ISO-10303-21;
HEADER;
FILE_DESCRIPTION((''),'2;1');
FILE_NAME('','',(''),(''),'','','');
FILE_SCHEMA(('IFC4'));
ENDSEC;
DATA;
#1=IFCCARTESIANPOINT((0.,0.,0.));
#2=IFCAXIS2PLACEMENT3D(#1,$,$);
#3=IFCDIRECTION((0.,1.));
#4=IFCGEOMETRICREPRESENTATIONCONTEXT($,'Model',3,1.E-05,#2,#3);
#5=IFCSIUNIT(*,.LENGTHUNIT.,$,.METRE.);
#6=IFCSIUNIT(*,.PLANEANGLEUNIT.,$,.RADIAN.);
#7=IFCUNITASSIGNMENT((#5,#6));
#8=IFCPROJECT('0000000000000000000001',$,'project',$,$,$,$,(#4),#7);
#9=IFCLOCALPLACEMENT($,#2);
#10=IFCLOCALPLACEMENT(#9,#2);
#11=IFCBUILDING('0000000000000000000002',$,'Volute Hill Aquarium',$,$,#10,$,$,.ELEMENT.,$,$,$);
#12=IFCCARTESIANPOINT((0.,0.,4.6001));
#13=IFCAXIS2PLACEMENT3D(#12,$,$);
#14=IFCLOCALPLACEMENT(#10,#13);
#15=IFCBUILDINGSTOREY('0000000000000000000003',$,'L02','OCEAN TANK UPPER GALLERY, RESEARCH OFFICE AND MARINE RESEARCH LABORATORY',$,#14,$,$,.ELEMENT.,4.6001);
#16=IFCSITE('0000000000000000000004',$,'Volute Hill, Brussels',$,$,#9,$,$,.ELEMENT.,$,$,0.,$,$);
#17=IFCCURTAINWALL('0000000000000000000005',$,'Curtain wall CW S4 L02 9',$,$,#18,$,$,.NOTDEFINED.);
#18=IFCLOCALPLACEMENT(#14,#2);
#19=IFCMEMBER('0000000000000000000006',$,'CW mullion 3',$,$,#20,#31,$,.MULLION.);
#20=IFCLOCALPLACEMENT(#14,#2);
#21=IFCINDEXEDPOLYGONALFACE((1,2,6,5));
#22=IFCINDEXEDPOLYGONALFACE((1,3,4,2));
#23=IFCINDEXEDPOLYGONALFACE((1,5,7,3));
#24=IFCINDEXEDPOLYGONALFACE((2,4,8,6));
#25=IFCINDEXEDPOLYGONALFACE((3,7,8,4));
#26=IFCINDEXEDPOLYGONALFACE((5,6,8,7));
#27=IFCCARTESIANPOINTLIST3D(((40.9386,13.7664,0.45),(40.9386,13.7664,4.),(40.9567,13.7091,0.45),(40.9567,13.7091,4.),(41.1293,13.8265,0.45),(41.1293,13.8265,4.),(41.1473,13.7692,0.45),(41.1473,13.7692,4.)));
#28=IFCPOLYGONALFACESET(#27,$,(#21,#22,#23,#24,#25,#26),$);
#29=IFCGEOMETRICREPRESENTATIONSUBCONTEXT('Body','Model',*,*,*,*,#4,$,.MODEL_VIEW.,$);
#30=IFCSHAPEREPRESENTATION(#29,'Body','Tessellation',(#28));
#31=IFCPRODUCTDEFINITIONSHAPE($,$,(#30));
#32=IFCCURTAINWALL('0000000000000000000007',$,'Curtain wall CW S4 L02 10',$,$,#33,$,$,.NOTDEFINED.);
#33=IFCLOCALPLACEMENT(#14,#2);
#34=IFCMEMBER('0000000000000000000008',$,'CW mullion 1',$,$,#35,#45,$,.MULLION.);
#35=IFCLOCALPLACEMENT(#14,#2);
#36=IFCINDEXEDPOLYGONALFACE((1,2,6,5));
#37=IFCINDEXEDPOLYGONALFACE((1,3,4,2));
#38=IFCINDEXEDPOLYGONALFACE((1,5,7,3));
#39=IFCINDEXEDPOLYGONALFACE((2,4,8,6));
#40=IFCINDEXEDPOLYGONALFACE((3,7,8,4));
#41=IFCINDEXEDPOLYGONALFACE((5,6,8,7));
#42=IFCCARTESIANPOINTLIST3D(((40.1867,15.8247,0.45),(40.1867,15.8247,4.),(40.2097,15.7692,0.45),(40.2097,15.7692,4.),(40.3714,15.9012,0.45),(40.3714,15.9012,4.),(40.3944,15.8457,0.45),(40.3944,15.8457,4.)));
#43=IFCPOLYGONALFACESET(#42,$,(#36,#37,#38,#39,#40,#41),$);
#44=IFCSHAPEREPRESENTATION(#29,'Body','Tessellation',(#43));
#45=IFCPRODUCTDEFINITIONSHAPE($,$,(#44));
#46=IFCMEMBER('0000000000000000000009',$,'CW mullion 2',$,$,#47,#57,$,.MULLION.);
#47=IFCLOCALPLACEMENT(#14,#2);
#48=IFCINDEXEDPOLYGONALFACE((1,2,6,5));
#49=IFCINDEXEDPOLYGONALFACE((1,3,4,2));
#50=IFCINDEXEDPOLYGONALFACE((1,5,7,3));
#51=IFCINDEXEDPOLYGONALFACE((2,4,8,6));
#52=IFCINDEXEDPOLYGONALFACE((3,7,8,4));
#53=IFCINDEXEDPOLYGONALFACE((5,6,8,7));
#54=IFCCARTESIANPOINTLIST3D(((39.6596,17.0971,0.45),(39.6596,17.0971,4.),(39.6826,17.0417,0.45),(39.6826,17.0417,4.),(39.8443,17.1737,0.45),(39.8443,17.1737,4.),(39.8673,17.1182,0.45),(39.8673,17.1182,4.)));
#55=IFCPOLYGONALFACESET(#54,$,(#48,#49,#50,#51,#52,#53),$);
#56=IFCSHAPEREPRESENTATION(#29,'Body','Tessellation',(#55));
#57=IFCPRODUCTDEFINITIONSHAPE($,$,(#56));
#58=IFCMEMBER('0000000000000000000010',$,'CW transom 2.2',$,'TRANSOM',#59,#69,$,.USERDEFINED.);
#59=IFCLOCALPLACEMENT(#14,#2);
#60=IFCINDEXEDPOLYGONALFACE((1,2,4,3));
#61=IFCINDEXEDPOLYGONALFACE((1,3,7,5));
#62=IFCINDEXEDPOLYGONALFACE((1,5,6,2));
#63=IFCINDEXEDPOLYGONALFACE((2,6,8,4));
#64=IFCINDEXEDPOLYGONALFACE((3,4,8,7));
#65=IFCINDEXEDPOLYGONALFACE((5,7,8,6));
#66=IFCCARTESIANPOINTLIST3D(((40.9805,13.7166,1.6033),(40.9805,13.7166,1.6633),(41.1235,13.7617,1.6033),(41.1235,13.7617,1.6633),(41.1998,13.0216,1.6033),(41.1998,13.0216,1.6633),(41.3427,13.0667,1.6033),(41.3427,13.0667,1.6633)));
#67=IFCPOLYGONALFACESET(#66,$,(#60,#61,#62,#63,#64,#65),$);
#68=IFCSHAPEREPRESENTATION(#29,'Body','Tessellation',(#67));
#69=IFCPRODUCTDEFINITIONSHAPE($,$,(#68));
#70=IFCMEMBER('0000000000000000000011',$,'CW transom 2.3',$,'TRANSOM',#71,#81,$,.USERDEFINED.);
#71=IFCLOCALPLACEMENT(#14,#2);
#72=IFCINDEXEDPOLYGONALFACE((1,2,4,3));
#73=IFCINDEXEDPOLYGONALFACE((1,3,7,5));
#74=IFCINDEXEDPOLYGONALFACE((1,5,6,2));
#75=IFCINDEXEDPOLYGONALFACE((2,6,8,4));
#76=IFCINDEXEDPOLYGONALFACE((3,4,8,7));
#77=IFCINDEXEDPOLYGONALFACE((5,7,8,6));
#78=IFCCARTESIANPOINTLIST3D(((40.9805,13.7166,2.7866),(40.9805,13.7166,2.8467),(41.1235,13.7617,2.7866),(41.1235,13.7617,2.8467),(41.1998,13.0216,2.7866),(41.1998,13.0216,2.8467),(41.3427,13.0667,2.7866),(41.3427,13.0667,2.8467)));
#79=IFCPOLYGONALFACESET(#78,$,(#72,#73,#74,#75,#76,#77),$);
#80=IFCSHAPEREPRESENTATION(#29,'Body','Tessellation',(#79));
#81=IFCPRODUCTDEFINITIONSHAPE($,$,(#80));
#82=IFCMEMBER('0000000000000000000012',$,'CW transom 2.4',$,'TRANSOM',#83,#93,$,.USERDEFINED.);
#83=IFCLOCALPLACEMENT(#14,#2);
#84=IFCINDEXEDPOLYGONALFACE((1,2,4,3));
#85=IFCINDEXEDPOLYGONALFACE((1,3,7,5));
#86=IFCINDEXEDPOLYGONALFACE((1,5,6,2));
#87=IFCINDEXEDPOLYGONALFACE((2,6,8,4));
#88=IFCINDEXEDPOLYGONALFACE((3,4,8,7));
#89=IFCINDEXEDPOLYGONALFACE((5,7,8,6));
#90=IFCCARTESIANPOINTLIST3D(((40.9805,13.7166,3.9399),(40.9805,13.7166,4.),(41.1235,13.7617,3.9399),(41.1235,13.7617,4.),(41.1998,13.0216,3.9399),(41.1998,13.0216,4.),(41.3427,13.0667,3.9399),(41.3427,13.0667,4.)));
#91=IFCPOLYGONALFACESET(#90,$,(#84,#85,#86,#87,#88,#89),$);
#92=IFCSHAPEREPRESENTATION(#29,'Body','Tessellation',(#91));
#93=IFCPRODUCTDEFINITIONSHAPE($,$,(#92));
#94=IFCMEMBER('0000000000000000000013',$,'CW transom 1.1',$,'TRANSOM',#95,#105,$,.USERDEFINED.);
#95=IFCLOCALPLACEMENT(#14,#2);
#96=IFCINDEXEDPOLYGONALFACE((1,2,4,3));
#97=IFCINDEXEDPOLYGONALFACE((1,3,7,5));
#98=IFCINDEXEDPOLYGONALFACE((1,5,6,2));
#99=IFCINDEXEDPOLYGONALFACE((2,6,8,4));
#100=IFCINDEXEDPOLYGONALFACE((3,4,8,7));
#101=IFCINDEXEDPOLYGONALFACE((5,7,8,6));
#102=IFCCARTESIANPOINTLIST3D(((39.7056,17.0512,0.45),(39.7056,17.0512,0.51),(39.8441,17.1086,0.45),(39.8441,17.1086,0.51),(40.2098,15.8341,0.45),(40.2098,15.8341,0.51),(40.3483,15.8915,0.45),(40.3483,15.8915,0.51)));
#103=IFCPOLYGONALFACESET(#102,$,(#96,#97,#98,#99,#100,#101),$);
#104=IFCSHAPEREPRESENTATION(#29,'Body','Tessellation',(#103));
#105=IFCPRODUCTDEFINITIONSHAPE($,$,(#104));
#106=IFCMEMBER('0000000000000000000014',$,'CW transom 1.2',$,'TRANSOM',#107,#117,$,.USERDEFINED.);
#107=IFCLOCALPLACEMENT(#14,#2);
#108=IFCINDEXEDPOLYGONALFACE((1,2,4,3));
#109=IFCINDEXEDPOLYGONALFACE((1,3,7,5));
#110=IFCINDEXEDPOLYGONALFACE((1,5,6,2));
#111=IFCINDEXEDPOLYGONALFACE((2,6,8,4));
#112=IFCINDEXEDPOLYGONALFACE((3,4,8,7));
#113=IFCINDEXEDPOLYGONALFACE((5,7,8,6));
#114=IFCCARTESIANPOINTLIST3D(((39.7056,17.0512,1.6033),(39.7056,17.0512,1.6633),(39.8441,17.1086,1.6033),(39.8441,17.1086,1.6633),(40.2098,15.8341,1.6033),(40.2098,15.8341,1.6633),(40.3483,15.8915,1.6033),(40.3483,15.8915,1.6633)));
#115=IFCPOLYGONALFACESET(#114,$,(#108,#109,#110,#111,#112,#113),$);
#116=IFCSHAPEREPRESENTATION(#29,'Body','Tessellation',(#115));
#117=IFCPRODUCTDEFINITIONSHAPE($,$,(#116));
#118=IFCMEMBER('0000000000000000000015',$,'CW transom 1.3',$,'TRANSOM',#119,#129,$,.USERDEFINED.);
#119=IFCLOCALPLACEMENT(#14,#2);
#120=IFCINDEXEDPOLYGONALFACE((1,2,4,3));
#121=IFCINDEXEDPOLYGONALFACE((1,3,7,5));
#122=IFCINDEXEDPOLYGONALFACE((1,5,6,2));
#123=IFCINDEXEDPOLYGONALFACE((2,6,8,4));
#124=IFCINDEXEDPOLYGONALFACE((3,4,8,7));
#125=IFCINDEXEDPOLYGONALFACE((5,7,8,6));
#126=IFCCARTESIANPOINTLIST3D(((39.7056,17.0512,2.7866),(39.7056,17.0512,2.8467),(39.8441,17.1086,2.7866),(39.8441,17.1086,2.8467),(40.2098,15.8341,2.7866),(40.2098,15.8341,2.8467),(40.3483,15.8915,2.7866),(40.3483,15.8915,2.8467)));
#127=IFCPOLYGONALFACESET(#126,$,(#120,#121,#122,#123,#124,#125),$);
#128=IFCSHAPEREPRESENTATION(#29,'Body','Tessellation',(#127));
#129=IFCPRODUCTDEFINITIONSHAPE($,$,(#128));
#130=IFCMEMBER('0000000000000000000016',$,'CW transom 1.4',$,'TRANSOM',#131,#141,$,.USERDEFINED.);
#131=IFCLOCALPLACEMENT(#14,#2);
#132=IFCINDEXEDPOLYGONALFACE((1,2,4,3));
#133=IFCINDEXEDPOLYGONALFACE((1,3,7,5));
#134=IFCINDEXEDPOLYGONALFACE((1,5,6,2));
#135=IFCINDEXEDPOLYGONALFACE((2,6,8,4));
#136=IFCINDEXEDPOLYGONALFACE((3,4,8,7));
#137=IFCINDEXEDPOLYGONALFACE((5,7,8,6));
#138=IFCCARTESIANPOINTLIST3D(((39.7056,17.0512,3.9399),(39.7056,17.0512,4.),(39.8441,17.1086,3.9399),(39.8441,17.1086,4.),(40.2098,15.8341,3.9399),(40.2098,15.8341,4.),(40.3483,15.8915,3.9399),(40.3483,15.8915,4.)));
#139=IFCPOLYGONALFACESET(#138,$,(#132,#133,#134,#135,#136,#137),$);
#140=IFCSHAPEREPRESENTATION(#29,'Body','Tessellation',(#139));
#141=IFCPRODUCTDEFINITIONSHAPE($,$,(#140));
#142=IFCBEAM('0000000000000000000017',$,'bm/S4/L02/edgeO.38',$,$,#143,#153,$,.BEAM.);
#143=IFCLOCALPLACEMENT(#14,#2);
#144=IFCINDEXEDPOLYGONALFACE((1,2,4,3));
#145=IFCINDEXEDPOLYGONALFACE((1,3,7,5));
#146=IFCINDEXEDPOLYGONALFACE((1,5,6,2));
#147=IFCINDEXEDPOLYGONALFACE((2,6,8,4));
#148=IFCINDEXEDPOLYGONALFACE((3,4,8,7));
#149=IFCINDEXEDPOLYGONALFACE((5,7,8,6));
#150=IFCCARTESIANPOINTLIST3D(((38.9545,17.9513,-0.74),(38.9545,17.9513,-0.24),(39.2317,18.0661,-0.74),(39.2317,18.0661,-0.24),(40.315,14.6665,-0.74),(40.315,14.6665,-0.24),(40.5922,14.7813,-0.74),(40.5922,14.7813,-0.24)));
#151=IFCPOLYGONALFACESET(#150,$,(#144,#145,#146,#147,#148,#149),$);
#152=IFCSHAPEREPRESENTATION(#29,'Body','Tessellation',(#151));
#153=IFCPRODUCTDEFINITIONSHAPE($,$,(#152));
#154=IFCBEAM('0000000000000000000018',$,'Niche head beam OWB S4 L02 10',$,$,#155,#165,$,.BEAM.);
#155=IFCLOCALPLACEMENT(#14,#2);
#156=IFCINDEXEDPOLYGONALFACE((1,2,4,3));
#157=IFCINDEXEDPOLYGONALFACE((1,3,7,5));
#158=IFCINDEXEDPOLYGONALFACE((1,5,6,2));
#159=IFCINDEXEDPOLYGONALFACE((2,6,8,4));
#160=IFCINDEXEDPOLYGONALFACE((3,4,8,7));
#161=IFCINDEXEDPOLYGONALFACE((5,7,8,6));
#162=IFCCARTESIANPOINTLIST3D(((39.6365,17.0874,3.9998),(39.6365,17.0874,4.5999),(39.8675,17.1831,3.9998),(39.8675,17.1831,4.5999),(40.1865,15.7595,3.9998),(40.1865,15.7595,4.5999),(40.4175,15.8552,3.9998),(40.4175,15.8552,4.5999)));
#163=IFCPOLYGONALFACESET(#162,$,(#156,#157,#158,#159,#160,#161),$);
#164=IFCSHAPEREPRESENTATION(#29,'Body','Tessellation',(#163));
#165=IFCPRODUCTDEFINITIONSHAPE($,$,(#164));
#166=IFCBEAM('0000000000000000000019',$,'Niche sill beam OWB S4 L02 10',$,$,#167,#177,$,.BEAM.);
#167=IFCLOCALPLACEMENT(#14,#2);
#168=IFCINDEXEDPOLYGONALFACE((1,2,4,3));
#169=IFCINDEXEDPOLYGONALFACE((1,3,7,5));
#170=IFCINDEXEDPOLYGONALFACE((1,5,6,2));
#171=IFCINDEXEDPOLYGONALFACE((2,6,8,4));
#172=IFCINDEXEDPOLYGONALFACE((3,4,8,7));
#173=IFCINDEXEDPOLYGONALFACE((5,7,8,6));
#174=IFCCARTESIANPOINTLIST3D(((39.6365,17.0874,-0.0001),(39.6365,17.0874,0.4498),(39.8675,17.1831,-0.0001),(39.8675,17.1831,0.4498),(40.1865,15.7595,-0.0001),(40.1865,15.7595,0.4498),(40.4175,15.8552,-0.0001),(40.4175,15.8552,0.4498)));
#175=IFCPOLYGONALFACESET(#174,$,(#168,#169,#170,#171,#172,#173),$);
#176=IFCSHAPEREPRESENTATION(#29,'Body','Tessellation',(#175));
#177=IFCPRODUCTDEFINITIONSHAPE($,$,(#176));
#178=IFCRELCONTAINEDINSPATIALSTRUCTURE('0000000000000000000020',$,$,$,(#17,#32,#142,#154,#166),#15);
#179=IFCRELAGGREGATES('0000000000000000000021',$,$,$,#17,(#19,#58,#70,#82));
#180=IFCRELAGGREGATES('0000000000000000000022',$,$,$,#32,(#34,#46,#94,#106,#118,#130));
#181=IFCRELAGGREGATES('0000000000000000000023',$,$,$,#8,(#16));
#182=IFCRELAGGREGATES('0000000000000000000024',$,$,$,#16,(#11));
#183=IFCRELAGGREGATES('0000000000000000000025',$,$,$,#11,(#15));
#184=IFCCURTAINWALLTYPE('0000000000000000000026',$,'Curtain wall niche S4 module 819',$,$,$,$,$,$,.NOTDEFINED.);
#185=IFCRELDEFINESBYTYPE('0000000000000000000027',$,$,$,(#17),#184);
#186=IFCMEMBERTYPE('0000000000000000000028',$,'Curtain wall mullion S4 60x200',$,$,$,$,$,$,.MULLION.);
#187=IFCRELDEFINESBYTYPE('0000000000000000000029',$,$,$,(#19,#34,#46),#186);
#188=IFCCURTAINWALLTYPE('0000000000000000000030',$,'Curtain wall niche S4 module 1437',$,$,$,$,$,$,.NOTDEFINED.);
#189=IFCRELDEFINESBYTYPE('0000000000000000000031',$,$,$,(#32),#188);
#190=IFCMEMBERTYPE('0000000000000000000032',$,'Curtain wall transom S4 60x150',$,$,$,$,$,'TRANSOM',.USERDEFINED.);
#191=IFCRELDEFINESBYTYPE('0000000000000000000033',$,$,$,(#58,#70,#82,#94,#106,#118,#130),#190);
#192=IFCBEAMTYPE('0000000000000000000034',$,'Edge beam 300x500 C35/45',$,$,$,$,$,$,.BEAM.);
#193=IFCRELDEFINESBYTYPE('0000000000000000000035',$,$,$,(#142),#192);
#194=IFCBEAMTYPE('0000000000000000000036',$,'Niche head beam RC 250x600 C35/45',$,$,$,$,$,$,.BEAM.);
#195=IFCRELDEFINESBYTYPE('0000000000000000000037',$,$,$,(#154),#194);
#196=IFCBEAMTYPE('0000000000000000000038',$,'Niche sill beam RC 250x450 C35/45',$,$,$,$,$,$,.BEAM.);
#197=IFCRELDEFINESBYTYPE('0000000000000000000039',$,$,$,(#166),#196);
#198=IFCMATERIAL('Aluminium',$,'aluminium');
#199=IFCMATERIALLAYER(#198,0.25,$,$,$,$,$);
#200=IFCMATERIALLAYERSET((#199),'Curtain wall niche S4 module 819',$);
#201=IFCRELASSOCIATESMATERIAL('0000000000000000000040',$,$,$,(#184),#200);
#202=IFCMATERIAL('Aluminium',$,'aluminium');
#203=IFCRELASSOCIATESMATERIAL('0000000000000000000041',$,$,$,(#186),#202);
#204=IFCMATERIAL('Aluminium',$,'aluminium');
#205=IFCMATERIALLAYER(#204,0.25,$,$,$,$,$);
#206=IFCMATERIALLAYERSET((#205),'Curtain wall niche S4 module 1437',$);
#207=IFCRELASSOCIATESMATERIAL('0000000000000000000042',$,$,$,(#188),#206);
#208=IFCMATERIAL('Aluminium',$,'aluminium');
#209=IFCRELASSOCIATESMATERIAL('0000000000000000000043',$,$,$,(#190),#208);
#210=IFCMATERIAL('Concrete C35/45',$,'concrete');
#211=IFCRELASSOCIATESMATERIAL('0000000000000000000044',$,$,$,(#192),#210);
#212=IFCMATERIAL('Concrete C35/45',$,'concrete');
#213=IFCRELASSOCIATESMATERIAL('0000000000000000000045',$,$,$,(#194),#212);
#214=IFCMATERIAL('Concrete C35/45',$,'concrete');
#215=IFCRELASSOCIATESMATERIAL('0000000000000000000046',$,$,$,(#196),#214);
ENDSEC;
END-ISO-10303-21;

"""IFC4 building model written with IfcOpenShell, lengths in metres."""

from ifc_helpers import new_model, si_unit, direction, frame, origin, origin_2d, place, context, subcontext, project, spatial, rectangle, extrude, material, layer, layer_set, material_profile, profile_set, type_object, element, aggregate, save


model = new_model("IFC4")

# Units and contexts
model_context = context("Model", 3, precision=1e-05, world=origin(), true_north=direction((0.0, 1.0)))
body_context = subcontext(model_context, "Body", "Model", "MODEL_VIEW")
ifc_project = project(units=[si_unit("LENGTHUNIT", "METRE"), si_unit("PLANEANGLEUNIT", "RADIAN")], contexts=[model_context])

# Site, building, storey
site_placement = place(None, origin())
site = spatial("IfcSite", under=ifc_project, at=site_placement, Name="Volute Hill, Brussels", CompositionType="ELEMENT", RefElevation=0.0)
building_placement = place(site_placement, origin())
building = spatial("IfcBuilding", under=site, at=building_placement, Name="Volute Hill Aquarium", CompositionType="ELEMENT")
storey_placement = place(building_placement, frame((0.0, 0.0, 4.6001)))
storey = spatial("IfcBuildingStorey", under=building, at=storey_placement, Name="L02", Description="OCEAN TANK UPPER GALLERY, RESEARCH OFFICE AND MARINE RESEARCH LABORATORY", CompositionType="ELEMENT", Elevation=4.6001)

# Curtain wall, member
ifc_material_1 = material(Name="Aluminium", Category="aluminium")
ifc_layer_1 = layer(ifc_material_1, 0.25)
ifc_layer_set_1 = layer_set([ifc_layer_1], Name="Curtain wall niche S4 module 819")
curtain_wall_type_1 = type_object("IfcCurtainWallType", Name="Curtain wall niche S4 module 819", PredefinedType="NOTDEFINED", material=ifc_layer_set_1)
curtain_wall_1_placement = place(storey_placement, origin())
curtain_wall_1 = element("IfcCurtainWall", 1, at=curtain_wall_1_placement, inside=storey, type_object=curtain_wall_type_1, Name="Curtain wall CW S4 L02 9", PredefinedType="NOTDEFINED")
ifc_material_2 = material(Name="Aluminium", Category="aluminium")
ifc_material_profile_1 = material_profile(ifc_material_2, rectangle(XDim=0.2, YDim=0.0601, at=origin_2d()), Name="Curtain wall mullion S4 60x200")
ifc_profile_set_1 = profile_set([ifc_material_profile_1], Name="Aluminium")
member_type_1 = type_object("IfcMemberType", Name="Curtain wall mullion S4 60x200", PredefinedType="MULLION", material=ifc_profile_set_1)
member_1_placement = place(storey_placement, frame((41.043, 13.7678, 0.45), z_axis=(0.0, 0.0, 1.0), x_axis=(-0.953716, -0.30071, 0.0)))
member_1 = element("IfcMember", 2, at=member_1_placement, type_object=member_type_1, Name="CW mullion 3", PredefinedType="MULLION", context=body_context, shape_type="SweptSolid", body=[
    extrude(rectangle(XDim=0.2, YDim=0.0601, at=origin_2d()), origin(), (0.0, 0.0, 1.0), 3.55),
])

# Curtain wall, members
ifc_material_3 = material(Name="Aluminium", Category="aluminium")
ifc_layer_2 = layer(ifc_material_3, 0.25)
ifc_layer_set_2 = layer_set([ifc_layer_2], Name="Curtain wall niche S4 module 1437")
curtain_wall_type_2 = type_object("IfcCurtainWallType", Name="Curtain wall niche S4 module 1437", PredefinedType="NOTDEFINED", material=ifc_layer_set_2)
curtain_wall_2_placement = place(storey_placement, origin())
curtain_wall_2 = element("IfcCurtainWall", 3, at=curtain_wall_2_placement, inside=storey, type_object=curtain_wall_type_2, Name="Curtain wall CW S4 L02 10", PredefinedType="NOTDEFINED")
member_2_placement = place(storey_placement, frame((40.2905, 15.8352, 0.45), z_axis=(0.0, 0.0, 1.0), x_axis=(-0.923874, -0.382697, 0.0)))
member_2 = element("IfcMember", 4, at=member_2_placement, type_object=member_type_1, Name="CW mullion 1", PredefinedType="MULLION", context=body_context, shape_type="SweptSolid", body=[
    extrude(rectangle(XDim=0.2, YDim=0.0601, at=origin_2d()), origin(), (0.0, 0.0, 1.0), 3.55),
])
member_3_placement = place(storey_placement, frame((39.7634, 17.1077, 0.45), z_axis=(0.0, 0.0, 1.0), x_axis=(-0.923874, -0.382697, 0.0)))
member_3 = element("IfcMember", 5, at=member_3_placement, type_object=member_type_1, Name="CW mullion 2", PredefinedType="MULLION", context=body_context, shape_type="SweptSolid", body=[
    extrude(rectangle(XDim=0.2, YDim=0.0601, at=origin_2d()), origin(), (0.0, 0.0, 1.0), 3.55),
])

# Members
ifc_material_4 = material(Name="Aluminium", Category="aluminium")
ifc_material_profile_2 = material_profile(ifc_material_4, rectangle(XDim=0.1499, YDim=0.0601, at=origin_2d()), Name="Curtain wall transom S4 60x150")
ifc_profile_set_2 = profile_set([ifc_material_profile_2], Name="Aluminium")
member_type_2 = type_object("IfcMemberType", Name="Curtain wall transom S4 60x150", ElementType="TRANSOM", PredefinedType="USERDEFINED", material=ifc_profile_set_2)
member_4_placement = place(storey_placement, frame((41.2712, 13.0442, 1.6333), z_axis=(-0.300811, 0.953684, 0.0), x_axis=(-0.953684, -0.300811, 0.0)))
member_4 = element("IfcMember", 6, at=member_4_placement, type_object=member_type_2, Name="CW transom 2.2", ObjectType="TRANSOM", PredefinedType="USERDEFINED", context=body_context, shape_type="SweptSolid", body=[
    extrude(rectangle(XDim=0.1499, YDim=0.0601, at=origin_2d()), origin(), (0.0, 0.0, 1.0), 0.7288),
])
member_5_placement = place(storey_placement, frame((41.2712, 13.0442, 2.8167), z_axis=(-0.300811, 0.953684, 0.0), x_axis=(-0.953684, -0.300811, 0.0)))
member_5 = element("IfcMember", 7, at=member_5_placement, type_object=member_type_2, Name="CW transom 2.3", ObjectType="TRANSOM", PredefinedType="USERDEFINED", context=body_context, shape_type="SweptSolid", body=[
    extrude(rectangle(XDim=0.1499, YDim=0.0601, at=origin_2d()), origin(), (0.0, 0.0, 1.0), 0.7288),
])
member_6_placement = place(storey_placement, frame((41.2712, 13.0442, 3.97), z_axis=(-0.300811, 0.953684, 0.0), x_axis=(-0.953684, -0.300811, 0.0)))
member_6 = element("IfcMember", 8, at=member_6_placement, type_object=member_type_2, Name="CW transom 2.4", ObjectType="TRANSOM", PredefinedType="USERDEFINED", context=body_context, shape_type="SweptSolid", body=[
    extrude(rectangle(XDim=0.1499, YDim=0.0601, at=origin_2d()), origin(), (0.0, 0.0, 1.0), 0.7288),
])
member_7_placement = place(storey_placement, frame((40.2791, 15.8628, 0.48), z_axis=(-0.382706, 0.92387, 0.0), x_axis=(-0.92387, -0.382706, 0.0)))
member_7 = element("IfcMember", 9, at=member_7_placement, type_object=member_type_2, Name="CW transom 1.1", ObjectType="TRANSOM", PredefinedType="USERDEFINED", context=body_context, shape_type="SweptSolid", body=[
    extrude(rectangle(XDim=0.1499, YDim=0.0601, at=origin_2d()), origin(), (0.0, 0.0, 1.0), 1.3174),
])
member_8_placement = place(storey_placement, frame((40.2791, 15.8628, 1.6333), z_axis=(-0.382706, 0.92387, 0.0), x_axis=(-0.92387, -0.382706, 0.0)))
member_8 = element("IfcMember", 10, at=member_8_placement, type_object=member_type_2, Name="CW transom 1.2", ObjectType="TRANSOM", PredefinedType="USERDEFINED", context=body_context, shape_type="SweptSolid", body=[
    extrude(rectangle(XDim=0.1499, YDim=0.0601, at=origin_2d()), origin(), (0.0, 0.0, 1.0), 1.3174),
])
member_9_placement = place(storey_placement, frame((40.2791, 15.8628, 2.8167), z_axis=(-0.382706, 0.92387, 0.0), x_axis=(-0.92387, -0.382706, 0.0)))
member_9 = element("IfcMember", 11, at=member_9_placement, type_object=member_type_2, Name="CW transom 1.3", ObjectType="TRANSOM", PredefinedType="USERDEFINED", context=body_context, shape_type="SweptSolid", body=[
    extrude(rectangle(XDim=0.1499, YDim=0.0601, at=origin_2d()), origin(), (0.0, 0.0, 1.0), 1.3174),
])
member_10_placement = place(storey_placement, frame((40.2791, 15.8628, 3.97), z_axis=(-0.382706, 0.92387, 0.0), x_axis=(-0.92387, -0.382706, 0.0)))
member_10 = element("IfcMember", 12, at=member_10_placement, type_object=member_type_2, Name="CW transom 1.4", ObjectType="TRANSOM", PredefinedType="USERDEFINED", context=body_context, shape_type="SweptSolid", body=[
    extrude(rectangle(XDim=0.1499, YDim=0.0601, at=origin_2d()), origin(), (0.0, 0.0, 1.0), 1.3174),
])

# Beams
ifc_material_5 = material(Name="Concrete C35/45", Category="concrete")
ifc_material_profile_3 = material_profile(ifc_material_5, rectangle(XDim=0.3, YDim=0.5, at=origin_2d()), Name="RC edge beam 300x500")
ifc_profile_set_3 = profile_set([ifc_material_profile_3], Name="Concrete C35/45")
beam_type_1 = type_object("IfcBeamType", Name="Edge beam 300x500 C35/45", PredefinedType="BEAM", material=ifc_profile_set_3)
beam_1_placement = place(storey_placement, frame((40.4536, 14.7239, -0.49), z_axis=(-0.382669, 0.923885, 0.0), x_axis=(-0.923885, -0.382669, 0.0)))
element("IfcBeam", 13, at=beam_1_placement, inside=storey, type_object=beam_type_1, Name="bm/S4/L02/edgeO.38", PredefinedType="BEAM", context=body_context, shape_type="SweptSolid", body=[
    extrude(rectangle(XDim=0.3, YDim=0.5, at=origin_2d()), origin(), (0.0, 0.0, 1.0), 3.5554),
])
ifc_material_6 = material(Name="Concrete C35/45", Category="concrete")
ifc_material_profile_4 = material_profile(ifc_material_6, rectangle(XDim=0.25, YDim=0.6001, at=origin_2d()), Name="RC beam 250x600")
ifc_profile_set_4 = profile_set([ifc_material_profile_4], Name="Concrete C35/45")
beam_type_2 = type_object("IfcBeamType", Name="Niche head beam RC 250x600 C35/45", PredefinedType="BEAM", material=ifc_profile_set_4)
beam_2_placement = place(storey_placement, frame((40.302, 15.8074, 4.2998), z_axis=(-0.382697, 0.923874, 0.0), x_axis=(-0.923874, -0.382697, 0.0)))
element("IfcBeam", 14, at=beam_2_placement, inside=storey, type_object=beam_type_2, Name="Niche head beam OWB S4 L02 10", PredefinedType="BEAM", context=body_context, shape_type="SweptSolid", body=[
    extrude(rectangle(XDim=0.25, YDim=0.6001, at=origin_2d()), origin(), (0.0, 0.0, 1.0), 1.4373),
])
ifc_material_7 = material(Name="Concrete C35/45", Category="concrete")
ifc_material_profile_5 = material_profile(ifc_material_7, rectangle(XDim=0.25, YDim=0.45, at=origin_2d()), Name="RC beam 250x450")
ifc_profile_set_5 = profile_set([ifc_material_profile_5], Name="Concrete C35/45")
beam_type_3 = type_object("IfcBeamType", Name="Niche sill beam RC 250x450 C35/45", PredefinedType="BEAM", material=ifc_profile_set_5)
beam_3_placement = place(storey_placement, frame((40.302, 15.8074, 0.2249), z_axis=(-0.382697, 0.923874, 0.0), x_axis=(-0.923874, -0.382697, 0.0)))
element("IfcBeam", 15, at=beam_3_placement, inside=storey, type_object=beam_type_3, Name="Niche sill beam OWB S4 L02 10", PredefinedType="BEAM", context=body_context, shape_type="SweptSolid", body=[
    extrude(rectangle(XDim=0.25, YDim=0.45, at=origin_2d()), origin(), (0.0, 0.0, 1.0), 1.4373),
])

aggregate(curtain_wall_1, [member_1, member_4, member_5, member_6])
aggregate(curtain_wall_2, [member_2, member_3, member_7, member_8, member_9, member_10])

save(model, "model.ifc")
